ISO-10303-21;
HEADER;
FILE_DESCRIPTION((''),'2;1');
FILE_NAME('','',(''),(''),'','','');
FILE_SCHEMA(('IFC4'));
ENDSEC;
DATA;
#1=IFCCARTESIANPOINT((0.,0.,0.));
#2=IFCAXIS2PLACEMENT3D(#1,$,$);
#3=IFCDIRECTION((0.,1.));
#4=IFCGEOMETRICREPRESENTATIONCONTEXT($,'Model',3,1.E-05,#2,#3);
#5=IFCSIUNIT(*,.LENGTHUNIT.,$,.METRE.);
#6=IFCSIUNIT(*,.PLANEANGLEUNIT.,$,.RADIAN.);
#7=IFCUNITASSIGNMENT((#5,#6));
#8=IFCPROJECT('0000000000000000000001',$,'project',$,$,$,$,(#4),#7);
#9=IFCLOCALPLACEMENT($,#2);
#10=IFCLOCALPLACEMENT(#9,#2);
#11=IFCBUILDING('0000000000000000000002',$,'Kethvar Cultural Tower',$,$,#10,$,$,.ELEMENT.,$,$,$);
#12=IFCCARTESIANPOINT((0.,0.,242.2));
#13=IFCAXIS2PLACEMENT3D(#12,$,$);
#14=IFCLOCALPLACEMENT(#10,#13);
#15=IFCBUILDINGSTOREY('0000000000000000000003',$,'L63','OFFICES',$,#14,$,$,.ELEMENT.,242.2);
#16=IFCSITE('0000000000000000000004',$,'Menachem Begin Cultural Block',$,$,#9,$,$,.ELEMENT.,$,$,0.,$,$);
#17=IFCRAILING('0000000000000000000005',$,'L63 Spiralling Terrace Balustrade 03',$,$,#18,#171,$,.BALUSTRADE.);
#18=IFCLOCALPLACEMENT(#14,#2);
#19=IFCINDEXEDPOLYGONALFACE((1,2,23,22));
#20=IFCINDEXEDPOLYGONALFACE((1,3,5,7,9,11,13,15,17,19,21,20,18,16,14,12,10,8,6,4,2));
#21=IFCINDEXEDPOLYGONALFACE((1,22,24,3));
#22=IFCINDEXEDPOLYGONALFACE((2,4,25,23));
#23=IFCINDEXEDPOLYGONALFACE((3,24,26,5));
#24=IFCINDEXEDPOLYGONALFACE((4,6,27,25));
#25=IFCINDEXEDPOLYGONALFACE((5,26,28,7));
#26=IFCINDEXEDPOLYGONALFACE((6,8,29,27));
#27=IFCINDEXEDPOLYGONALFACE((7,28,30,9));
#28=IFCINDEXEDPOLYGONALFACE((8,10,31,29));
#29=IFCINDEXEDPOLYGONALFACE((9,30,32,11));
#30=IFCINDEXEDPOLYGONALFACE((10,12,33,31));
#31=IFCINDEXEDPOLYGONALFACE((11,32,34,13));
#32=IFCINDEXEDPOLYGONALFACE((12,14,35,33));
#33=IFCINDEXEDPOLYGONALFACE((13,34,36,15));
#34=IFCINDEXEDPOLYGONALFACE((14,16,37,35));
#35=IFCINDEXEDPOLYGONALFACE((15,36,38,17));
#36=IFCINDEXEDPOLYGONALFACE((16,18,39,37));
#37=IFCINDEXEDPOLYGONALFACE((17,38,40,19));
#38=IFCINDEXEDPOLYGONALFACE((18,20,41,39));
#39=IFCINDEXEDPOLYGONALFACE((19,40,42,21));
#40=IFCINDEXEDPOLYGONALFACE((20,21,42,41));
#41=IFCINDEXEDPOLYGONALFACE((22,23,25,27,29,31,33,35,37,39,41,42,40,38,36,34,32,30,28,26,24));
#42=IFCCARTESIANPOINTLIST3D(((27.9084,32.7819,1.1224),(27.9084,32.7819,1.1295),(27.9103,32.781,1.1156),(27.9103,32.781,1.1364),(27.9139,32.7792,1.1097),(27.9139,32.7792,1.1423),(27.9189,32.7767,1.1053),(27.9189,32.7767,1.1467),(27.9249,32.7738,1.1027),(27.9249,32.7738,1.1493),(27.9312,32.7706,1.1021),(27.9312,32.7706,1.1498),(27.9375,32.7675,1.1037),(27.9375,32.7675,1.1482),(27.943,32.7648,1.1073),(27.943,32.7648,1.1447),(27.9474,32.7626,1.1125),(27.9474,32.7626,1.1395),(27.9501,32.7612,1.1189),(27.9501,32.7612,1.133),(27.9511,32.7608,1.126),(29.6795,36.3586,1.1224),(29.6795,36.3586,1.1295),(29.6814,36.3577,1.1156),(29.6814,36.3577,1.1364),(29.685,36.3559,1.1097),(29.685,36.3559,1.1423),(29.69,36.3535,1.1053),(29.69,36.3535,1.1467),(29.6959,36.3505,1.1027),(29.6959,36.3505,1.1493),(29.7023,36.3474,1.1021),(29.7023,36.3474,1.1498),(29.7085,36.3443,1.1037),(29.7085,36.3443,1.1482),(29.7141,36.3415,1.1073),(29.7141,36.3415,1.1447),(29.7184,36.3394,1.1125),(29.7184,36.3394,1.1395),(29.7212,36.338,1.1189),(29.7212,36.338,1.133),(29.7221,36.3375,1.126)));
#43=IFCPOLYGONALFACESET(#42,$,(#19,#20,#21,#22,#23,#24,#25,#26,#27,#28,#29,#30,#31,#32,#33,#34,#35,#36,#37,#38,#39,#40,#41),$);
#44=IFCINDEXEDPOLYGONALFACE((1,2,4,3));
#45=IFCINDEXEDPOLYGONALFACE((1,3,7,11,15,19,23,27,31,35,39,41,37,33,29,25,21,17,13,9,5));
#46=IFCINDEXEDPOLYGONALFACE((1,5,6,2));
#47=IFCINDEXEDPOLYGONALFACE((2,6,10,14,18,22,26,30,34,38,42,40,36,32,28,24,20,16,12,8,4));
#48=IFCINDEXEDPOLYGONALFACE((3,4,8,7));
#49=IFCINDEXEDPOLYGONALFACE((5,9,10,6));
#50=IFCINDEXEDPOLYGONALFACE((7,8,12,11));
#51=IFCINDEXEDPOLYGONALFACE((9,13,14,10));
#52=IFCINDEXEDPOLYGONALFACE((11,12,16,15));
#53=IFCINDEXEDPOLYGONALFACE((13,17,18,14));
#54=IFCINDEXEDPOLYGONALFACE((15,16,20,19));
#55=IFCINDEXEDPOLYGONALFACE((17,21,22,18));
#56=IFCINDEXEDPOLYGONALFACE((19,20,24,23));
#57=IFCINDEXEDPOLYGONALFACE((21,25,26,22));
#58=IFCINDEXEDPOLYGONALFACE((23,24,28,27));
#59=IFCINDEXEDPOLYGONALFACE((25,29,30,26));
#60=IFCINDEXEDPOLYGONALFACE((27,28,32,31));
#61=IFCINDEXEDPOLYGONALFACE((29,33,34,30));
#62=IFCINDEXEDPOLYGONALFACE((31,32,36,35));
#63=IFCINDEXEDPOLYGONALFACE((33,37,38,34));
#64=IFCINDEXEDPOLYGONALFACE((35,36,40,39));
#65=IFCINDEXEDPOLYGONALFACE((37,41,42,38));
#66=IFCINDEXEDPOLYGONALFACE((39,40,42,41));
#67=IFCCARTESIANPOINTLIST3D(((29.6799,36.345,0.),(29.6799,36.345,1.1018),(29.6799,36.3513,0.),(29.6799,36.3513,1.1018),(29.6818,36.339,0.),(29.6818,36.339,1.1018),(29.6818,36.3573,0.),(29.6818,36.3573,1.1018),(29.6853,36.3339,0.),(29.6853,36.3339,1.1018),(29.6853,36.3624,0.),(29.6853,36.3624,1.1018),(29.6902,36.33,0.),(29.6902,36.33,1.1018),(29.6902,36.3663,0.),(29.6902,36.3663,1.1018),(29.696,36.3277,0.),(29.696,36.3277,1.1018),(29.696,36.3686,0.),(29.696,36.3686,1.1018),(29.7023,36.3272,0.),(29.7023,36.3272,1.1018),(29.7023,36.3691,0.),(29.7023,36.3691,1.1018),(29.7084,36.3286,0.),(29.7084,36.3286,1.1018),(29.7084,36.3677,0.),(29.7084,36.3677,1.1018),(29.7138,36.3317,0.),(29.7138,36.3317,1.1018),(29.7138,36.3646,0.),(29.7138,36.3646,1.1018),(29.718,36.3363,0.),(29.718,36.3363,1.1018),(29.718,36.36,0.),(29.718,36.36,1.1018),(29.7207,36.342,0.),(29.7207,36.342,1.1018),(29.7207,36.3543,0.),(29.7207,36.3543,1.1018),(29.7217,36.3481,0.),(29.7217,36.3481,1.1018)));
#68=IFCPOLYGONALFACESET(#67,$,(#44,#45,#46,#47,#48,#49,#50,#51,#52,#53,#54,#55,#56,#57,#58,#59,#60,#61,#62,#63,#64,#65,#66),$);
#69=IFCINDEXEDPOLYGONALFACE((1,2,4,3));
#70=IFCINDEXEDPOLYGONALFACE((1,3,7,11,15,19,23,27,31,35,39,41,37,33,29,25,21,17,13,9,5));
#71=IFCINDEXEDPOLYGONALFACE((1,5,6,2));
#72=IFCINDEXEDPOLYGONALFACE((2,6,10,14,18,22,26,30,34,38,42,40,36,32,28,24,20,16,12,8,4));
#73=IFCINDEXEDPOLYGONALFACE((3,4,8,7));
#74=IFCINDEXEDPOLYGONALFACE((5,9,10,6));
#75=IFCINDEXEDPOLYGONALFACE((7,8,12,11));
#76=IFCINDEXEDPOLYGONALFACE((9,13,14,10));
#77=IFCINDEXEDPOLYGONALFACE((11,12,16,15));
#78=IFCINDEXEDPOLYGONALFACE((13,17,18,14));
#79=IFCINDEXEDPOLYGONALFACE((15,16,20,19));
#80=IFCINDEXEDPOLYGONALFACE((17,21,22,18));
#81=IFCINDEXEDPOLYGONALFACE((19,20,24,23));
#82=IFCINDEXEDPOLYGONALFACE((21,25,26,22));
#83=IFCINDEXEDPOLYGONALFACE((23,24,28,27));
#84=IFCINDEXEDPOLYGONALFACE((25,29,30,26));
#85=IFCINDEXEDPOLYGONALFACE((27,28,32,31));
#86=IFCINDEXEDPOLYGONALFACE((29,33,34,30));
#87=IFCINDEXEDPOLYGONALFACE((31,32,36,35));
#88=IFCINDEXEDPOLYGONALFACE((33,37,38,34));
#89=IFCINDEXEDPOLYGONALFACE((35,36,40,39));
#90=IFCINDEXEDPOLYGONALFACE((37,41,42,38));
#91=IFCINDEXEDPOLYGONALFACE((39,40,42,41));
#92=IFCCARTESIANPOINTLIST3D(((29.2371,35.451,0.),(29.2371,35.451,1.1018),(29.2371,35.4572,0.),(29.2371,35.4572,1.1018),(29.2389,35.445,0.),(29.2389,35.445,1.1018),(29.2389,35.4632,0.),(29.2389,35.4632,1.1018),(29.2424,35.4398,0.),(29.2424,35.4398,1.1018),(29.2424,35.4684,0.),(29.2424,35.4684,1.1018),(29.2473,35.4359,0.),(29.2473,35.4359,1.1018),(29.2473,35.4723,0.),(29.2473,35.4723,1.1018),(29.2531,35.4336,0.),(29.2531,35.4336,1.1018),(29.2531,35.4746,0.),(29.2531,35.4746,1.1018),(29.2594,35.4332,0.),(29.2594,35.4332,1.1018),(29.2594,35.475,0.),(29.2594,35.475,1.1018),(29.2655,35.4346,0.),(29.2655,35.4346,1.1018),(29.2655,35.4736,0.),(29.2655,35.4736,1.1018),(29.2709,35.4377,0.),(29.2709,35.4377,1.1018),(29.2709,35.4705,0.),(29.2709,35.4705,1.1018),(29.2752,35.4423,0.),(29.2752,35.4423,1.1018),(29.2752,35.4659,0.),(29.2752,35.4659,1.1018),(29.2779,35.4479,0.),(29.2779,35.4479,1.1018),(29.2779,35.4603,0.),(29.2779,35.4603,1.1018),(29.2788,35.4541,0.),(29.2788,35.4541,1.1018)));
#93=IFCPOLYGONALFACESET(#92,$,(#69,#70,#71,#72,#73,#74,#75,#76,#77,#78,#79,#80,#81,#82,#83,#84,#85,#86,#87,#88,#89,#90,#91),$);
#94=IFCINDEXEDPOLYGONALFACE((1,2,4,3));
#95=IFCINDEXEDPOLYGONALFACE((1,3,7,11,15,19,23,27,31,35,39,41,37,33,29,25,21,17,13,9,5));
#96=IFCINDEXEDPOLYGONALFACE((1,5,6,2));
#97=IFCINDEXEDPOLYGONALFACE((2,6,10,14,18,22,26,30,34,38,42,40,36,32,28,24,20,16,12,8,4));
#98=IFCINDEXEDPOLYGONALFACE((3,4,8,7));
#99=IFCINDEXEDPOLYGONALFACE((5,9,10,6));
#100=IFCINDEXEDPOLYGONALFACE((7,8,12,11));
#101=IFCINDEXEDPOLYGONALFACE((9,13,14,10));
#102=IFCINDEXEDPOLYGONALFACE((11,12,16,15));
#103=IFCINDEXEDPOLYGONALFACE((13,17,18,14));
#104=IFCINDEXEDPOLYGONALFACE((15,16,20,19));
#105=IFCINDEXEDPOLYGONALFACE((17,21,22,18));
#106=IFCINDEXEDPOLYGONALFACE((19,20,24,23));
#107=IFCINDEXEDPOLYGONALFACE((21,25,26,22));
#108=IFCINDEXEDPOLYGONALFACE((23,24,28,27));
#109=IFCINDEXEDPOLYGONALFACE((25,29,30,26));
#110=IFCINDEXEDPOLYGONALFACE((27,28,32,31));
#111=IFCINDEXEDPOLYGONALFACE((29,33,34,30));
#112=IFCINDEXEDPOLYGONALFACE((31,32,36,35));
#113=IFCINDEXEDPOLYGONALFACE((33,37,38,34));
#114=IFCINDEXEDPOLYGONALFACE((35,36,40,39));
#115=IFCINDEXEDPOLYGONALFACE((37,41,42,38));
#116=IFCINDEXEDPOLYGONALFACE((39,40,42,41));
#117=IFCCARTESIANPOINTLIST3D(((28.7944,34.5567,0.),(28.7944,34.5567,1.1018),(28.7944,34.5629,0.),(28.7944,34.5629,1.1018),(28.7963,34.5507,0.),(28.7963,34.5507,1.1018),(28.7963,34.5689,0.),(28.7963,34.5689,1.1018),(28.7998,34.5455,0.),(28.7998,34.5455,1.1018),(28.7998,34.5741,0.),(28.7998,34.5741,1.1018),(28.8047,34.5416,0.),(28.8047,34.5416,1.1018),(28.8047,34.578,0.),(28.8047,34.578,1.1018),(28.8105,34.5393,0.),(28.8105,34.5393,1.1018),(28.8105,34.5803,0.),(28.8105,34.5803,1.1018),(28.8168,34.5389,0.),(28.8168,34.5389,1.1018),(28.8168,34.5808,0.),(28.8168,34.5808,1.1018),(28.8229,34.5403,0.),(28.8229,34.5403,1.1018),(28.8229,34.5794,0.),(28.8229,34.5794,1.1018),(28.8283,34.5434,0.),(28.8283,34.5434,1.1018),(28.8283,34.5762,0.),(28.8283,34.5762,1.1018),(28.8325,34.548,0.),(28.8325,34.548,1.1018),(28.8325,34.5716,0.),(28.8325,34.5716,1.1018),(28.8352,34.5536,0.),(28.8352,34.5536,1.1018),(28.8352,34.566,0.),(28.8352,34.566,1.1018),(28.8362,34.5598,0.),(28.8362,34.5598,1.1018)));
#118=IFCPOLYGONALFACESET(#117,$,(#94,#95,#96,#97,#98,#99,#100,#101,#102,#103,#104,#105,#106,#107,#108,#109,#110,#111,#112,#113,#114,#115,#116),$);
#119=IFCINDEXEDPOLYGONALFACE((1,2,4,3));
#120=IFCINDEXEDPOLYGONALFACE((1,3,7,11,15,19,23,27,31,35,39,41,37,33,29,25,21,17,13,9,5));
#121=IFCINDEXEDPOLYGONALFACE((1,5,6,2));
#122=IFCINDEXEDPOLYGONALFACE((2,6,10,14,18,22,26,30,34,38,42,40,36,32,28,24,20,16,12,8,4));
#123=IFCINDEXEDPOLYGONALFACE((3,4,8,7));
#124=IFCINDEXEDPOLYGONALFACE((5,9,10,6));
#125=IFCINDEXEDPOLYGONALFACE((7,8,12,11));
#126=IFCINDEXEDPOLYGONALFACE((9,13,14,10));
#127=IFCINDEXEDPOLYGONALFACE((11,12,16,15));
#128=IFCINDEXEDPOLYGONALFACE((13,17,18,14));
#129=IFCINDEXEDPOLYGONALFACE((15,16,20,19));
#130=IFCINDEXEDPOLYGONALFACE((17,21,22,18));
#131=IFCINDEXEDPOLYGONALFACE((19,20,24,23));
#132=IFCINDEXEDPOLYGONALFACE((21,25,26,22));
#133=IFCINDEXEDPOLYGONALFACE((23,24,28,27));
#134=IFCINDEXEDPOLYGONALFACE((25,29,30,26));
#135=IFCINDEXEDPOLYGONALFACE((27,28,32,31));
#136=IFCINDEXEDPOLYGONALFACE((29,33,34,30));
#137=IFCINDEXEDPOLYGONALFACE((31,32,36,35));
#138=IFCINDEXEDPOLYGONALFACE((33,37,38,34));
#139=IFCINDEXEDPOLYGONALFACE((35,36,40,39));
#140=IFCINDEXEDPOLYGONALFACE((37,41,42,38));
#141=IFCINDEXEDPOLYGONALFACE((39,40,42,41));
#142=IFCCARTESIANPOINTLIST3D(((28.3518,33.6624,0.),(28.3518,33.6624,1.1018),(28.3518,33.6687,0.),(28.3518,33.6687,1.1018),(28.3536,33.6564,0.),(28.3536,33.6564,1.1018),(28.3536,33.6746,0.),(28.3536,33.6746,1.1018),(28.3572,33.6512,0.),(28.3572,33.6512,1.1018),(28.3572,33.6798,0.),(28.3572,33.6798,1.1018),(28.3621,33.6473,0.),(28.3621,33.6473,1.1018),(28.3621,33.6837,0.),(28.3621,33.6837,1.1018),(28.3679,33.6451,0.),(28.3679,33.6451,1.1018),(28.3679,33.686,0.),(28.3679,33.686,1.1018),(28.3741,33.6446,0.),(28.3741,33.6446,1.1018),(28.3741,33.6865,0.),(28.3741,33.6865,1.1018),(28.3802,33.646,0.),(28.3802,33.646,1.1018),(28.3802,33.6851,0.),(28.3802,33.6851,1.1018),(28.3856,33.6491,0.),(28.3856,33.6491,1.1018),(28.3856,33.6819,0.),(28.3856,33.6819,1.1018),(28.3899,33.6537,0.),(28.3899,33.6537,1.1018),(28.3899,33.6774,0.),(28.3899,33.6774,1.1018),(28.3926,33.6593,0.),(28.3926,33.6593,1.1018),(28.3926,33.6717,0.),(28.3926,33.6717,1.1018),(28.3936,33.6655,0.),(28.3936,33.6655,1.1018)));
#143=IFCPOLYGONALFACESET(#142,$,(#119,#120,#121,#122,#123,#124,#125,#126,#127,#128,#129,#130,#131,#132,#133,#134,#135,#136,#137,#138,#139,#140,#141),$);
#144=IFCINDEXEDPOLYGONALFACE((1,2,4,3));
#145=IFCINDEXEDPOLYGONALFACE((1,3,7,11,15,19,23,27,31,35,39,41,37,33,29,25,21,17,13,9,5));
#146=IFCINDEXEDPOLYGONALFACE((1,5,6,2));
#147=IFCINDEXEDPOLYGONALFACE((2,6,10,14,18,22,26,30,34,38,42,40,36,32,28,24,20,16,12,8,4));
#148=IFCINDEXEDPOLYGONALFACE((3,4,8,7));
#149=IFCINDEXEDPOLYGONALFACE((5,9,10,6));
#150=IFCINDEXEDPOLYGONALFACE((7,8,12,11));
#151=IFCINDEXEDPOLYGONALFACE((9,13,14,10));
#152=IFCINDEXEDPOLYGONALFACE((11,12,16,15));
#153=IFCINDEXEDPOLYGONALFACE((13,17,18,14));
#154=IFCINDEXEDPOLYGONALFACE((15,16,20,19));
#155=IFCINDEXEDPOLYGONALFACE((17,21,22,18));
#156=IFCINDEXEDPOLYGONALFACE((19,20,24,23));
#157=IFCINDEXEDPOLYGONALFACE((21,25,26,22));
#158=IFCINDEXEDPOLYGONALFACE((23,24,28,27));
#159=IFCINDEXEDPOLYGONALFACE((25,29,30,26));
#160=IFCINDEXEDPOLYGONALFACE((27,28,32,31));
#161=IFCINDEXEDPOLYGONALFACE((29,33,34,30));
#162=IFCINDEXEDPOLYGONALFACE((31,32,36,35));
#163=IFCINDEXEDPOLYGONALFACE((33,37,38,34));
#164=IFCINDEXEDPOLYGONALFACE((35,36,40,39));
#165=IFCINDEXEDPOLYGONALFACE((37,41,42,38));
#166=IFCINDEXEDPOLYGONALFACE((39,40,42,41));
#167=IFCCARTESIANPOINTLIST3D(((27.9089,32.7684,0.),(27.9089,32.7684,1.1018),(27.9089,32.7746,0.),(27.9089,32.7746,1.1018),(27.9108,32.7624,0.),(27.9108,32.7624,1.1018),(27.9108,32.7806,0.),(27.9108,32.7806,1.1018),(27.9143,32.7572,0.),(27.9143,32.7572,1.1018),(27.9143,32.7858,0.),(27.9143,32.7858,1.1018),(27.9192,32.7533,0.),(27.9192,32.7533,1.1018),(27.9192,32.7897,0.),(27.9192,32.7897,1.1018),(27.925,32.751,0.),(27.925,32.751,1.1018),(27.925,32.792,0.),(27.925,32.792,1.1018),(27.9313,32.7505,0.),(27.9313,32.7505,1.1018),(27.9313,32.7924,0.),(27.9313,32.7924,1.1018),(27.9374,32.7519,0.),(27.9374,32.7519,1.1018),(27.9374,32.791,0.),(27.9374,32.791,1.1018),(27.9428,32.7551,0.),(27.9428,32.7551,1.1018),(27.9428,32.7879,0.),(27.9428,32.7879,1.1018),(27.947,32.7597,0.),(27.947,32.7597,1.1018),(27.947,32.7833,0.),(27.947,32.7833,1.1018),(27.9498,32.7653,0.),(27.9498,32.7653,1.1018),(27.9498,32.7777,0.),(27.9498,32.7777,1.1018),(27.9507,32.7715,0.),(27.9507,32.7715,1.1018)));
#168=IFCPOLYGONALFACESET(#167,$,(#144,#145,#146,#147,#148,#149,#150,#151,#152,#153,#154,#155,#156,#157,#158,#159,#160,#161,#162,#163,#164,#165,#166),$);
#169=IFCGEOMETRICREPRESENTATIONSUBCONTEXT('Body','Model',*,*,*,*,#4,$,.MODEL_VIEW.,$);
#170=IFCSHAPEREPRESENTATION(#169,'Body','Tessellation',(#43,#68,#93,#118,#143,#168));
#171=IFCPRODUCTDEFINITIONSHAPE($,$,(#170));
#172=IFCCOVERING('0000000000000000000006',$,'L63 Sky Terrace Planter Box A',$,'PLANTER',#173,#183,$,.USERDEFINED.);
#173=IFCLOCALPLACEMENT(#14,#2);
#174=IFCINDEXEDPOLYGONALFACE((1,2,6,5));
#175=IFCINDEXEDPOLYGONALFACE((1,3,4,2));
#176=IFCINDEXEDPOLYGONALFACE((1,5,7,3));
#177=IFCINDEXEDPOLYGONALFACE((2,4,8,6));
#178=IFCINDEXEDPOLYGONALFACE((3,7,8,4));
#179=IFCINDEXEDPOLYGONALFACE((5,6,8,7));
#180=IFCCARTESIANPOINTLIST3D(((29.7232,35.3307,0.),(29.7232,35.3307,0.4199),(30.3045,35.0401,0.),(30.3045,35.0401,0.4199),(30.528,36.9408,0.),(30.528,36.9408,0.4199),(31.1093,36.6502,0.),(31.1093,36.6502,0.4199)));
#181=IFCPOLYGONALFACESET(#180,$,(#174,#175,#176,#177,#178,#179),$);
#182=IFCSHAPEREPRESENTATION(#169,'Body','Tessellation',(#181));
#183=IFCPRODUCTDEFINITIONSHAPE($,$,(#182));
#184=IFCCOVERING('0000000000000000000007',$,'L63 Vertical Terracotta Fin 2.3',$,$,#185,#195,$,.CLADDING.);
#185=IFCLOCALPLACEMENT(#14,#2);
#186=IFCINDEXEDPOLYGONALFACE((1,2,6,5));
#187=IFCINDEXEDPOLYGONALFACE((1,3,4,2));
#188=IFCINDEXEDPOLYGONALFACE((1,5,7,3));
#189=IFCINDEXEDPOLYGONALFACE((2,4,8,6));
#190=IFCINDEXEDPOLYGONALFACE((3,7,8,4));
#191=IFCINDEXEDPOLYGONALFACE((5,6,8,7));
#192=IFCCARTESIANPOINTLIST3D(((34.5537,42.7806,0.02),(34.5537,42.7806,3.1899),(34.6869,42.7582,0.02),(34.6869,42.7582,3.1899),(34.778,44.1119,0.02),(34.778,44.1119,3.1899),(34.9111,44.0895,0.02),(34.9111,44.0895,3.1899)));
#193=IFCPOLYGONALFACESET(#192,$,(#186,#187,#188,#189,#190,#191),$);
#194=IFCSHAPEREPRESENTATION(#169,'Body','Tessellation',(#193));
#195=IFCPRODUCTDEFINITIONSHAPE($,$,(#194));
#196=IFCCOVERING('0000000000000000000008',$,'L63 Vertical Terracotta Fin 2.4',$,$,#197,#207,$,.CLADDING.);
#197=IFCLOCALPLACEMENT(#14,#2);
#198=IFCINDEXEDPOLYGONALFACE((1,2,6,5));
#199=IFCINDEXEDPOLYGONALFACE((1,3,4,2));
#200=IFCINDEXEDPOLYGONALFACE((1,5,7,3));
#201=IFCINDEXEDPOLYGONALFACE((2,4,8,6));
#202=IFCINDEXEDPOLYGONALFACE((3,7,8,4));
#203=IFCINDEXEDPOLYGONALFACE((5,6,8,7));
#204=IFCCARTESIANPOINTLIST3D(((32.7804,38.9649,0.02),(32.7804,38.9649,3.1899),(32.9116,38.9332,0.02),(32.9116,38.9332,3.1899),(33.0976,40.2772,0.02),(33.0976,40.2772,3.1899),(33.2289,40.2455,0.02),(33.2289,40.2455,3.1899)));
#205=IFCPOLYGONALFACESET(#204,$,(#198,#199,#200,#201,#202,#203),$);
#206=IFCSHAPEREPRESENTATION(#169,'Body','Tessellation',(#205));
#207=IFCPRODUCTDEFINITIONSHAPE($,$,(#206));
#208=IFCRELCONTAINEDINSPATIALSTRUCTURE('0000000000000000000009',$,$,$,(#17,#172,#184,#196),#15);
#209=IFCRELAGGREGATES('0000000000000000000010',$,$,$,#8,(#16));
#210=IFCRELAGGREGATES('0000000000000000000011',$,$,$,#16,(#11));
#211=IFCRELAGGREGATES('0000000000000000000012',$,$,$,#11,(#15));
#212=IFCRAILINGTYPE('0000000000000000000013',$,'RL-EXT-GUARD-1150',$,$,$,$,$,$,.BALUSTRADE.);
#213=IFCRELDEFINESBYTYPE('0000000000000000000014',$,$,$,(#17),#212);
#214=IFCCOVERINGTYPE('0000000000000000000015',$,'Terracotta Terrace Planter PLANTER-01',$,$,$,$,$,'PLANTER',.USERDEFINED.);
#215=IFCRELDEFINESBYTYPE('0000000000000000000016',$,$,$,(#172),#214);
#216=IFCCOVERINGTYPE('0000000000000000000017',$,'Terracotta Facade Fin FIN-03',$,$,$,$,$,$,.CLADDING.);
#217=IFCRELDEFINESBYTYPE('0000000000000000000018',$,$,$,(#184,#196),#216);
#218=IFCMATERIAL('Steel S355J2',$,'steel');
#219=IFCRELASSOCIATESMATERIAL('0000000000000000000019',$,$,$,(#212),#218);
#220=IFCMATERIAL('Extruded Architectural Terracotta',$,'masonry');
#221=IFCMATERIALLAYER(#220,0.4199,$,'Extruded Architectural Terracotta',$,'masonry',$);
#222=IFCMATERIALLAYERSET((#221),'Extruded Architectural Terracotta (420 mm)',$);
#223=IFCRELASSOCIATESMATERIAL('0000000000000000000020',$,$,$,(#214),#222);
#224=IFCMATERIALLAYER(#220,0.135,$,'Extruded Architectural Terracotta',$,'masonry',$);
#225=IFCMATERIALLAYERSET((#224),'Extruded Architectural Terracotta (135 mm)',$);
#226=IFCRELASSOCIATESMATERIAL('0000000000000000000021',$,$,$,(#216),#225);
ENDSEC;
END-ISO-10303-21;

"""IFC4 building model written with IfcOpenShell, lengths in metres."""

from ifc_helpers import new_model, si_unit, direction, frame, origin, origin_2d, place, context, subcontext, project, spatial, rectangle, circle, extrude, source, transform, mapped, material, layer, layer_set, type_object, element, save


model = new_model("IFC4")

# Units and contexts
model_context = context("Model", 3, precision=1e-05, world=origin(), true_north=direction((0.0, 1.0)))
body_context = subcontext(model_context, "Body", "Model", "MODEL_VIEW")
ifc_project = project(units=[si_unit("LENGTHUNIT", "METRE"), si_unit("PLANEANGLEUNIT", "RADIAN")], contexts=[model_context])

# Site, building, storey
site_placement = place(None, origin())
site = spatial("IfcSite", under=ifc_project, at=site_placement, Name="Menachem Begin Cultural Block", CompositionType="ELEMENT", RefElevation=0.0)
building_placement = place(site_placement, origin())
building = spatial("IfcBuilding", under=site, at=building_placement, Name="Kethvar Cultural Tower", CompositionType="ELEMENT")
storey_placement = place(building_placement, frame((0.0, 0.0, 242.2)))
storey = spatial("IfcBuildingStorey", under=building, at=storey_placement, Name="L63", Description="OFFICES", CompositionType="ELEMENT", Elevation=242.2)

# Shared definitions
ifc_material_1 = material(Name="Steel S355J2", Category="steel")

# Railing
railing_type = type_object("IfcRailingType", Name="RL-EXT-GUARD-1150", PredefinedType="BALUSTRADE", material=ifc_material_1)
railing_1_placement = place(storey_placement, frame((29.7007, 36.3481, 0.0)))
element("IfcRailing", 1, at=railing_1_placement, inside=storey, type_object=railing_type, Name="L63 Spiralling Terrace Balustrade 03", PredefinedType="BALUSTRADE", context=body_context, shape_type="SweptSolid", body=[
    extrude(circle(Radius=0.0239, at=origin_2d()), frame((0.0, 0.0, 1.126), z_axis=(-0.443736, -0.896158, 0.0), x_axis=(0.896158, -0.443736, 0.0)), (0.0, 0.0, 1.0), 3.9912),
    extrude(circle(Radius=0.021, at=origin_2d()), origin(), (0.0, 0.0, 1.0), 1.1018),
    extrude(circle(Radius=0.021, at=origin_2d()), frame((-0.4429, -0.894, 0.0)), (0.0, 0.0, 1.0), 1.1018),
    extrude(circle(Radius=0.021, at=origin_2d()), frame((-0.8855, -1.7883, 0.0)), (0.0, 0.0, 1.0), 1.1018),
    extrude(circle(Radius=0.021, at=origin_2d()), frame((-1.3281, -2.6826, 0.0)), (0.0, 0.0, 1.0), 1.1018),
    extrude(circle(Radius=0.021, at=origin_2d()), frame((-1.771, -3.5767, 0.0)), (0.0, 0.0, 1.0), 1.1018),
])

# Coverings
ifc_material_2 = material(Name="Extruded Architectural Terracotta", Category="masonry")
ifc_layer_1 = layer(ifc_material_2, 0.4199, Name="Extruded Architectural Terracotta", Category="masonry")
ifc_layer_set_1 = layer_set([ifc_layer_1], Name="Extruded Architectural Terracotta (420 mm)")
covering_type_1 = type_object("IfcCoveringType", Name="Terracotta Terrace Planter PLANTER-01", ElementType="PLANTER", PredefinedType="USERDEFINED", material=ifc_layer_set_1)
shared_shape_1 = source(origin(), body_context, "Body", "SweptSolid", [
    extrude(rectangle(XDim=1.8, YDim=0.6499, at=origin_2d()), origin(), (0.0, 0.0, 1.0), 0.4199),
])
covering_placement = place(storey_placement, frame((30.4163, 35.9905, 0.0), z_axis=(0.0, 0.0, 1.0), x_axis=(-0.447135, -0.894467, 0.0)))
element("IfcCovering", 2, at=covering_placement, inside=storey, type_object=covering_type_1, Name="L63 Sky Terrace Planter Box A", ObjectType="PLANTER", PredefinedType="USERDEFINED", context=body_context, shape_type="MappedRepresentation", body=[
    mapped(shared_shape_1, transform((0.0, 0.0, 0.0), scale=1.0)),
])
ifc_layer_2 = layer(ifc_material_2, 0.135, Name="Extruded Architectural Terracotta", Category="masonry")
ifc_layer_set_2 = layer_set([ifc_layer_2], Name="Extruded Architectural Terracotta (135 mm)")
covering_type_2 = type_object("IfcCoveringType", Name="Terracotta Facade Fin FIN-03", PredefinedType="CLADDING", material=ifc_layer_set_2)
shared_shape_2 = source(origin(), body_context, "Body", "SweptSolid", [
    extrude(rectangle(XDim=1.3501, YDim=0.135, at=origin_2d()), origin(), (0.0, 0.0, 1.0), 3.1699),
])
for number, where, z_axis, x_axis, name in (
    (3, (34.7324, 43.4351, 0.02), (0.0, 0.0, 1.0), (0.16608, 0.986112, 0.0), "L63 Vertical Terracotta Fin 2.3"),
    (4, (33.0046, 39.6052, 0.02), (0.0, 0.0, 1.0), (0.234972, 0.972002, 0.0), "L63 Vertical Terracotta Fin 2.4"),
):
    element("IfcCovering", number, at=place(storey_placement, frame(where, z_axis=z_axis, x_axis=x_axis)), inside=storey, type_object=covering_type_2, Name=name, PredefinedType="CLADDING", context=body_context, shape_type="MappedRepresentation", body=[
        mapped(shared_shape_2, transform((0.0, 0.0, 0.0), scale=1.0)),
    ])

save(model, "model.ifc")
